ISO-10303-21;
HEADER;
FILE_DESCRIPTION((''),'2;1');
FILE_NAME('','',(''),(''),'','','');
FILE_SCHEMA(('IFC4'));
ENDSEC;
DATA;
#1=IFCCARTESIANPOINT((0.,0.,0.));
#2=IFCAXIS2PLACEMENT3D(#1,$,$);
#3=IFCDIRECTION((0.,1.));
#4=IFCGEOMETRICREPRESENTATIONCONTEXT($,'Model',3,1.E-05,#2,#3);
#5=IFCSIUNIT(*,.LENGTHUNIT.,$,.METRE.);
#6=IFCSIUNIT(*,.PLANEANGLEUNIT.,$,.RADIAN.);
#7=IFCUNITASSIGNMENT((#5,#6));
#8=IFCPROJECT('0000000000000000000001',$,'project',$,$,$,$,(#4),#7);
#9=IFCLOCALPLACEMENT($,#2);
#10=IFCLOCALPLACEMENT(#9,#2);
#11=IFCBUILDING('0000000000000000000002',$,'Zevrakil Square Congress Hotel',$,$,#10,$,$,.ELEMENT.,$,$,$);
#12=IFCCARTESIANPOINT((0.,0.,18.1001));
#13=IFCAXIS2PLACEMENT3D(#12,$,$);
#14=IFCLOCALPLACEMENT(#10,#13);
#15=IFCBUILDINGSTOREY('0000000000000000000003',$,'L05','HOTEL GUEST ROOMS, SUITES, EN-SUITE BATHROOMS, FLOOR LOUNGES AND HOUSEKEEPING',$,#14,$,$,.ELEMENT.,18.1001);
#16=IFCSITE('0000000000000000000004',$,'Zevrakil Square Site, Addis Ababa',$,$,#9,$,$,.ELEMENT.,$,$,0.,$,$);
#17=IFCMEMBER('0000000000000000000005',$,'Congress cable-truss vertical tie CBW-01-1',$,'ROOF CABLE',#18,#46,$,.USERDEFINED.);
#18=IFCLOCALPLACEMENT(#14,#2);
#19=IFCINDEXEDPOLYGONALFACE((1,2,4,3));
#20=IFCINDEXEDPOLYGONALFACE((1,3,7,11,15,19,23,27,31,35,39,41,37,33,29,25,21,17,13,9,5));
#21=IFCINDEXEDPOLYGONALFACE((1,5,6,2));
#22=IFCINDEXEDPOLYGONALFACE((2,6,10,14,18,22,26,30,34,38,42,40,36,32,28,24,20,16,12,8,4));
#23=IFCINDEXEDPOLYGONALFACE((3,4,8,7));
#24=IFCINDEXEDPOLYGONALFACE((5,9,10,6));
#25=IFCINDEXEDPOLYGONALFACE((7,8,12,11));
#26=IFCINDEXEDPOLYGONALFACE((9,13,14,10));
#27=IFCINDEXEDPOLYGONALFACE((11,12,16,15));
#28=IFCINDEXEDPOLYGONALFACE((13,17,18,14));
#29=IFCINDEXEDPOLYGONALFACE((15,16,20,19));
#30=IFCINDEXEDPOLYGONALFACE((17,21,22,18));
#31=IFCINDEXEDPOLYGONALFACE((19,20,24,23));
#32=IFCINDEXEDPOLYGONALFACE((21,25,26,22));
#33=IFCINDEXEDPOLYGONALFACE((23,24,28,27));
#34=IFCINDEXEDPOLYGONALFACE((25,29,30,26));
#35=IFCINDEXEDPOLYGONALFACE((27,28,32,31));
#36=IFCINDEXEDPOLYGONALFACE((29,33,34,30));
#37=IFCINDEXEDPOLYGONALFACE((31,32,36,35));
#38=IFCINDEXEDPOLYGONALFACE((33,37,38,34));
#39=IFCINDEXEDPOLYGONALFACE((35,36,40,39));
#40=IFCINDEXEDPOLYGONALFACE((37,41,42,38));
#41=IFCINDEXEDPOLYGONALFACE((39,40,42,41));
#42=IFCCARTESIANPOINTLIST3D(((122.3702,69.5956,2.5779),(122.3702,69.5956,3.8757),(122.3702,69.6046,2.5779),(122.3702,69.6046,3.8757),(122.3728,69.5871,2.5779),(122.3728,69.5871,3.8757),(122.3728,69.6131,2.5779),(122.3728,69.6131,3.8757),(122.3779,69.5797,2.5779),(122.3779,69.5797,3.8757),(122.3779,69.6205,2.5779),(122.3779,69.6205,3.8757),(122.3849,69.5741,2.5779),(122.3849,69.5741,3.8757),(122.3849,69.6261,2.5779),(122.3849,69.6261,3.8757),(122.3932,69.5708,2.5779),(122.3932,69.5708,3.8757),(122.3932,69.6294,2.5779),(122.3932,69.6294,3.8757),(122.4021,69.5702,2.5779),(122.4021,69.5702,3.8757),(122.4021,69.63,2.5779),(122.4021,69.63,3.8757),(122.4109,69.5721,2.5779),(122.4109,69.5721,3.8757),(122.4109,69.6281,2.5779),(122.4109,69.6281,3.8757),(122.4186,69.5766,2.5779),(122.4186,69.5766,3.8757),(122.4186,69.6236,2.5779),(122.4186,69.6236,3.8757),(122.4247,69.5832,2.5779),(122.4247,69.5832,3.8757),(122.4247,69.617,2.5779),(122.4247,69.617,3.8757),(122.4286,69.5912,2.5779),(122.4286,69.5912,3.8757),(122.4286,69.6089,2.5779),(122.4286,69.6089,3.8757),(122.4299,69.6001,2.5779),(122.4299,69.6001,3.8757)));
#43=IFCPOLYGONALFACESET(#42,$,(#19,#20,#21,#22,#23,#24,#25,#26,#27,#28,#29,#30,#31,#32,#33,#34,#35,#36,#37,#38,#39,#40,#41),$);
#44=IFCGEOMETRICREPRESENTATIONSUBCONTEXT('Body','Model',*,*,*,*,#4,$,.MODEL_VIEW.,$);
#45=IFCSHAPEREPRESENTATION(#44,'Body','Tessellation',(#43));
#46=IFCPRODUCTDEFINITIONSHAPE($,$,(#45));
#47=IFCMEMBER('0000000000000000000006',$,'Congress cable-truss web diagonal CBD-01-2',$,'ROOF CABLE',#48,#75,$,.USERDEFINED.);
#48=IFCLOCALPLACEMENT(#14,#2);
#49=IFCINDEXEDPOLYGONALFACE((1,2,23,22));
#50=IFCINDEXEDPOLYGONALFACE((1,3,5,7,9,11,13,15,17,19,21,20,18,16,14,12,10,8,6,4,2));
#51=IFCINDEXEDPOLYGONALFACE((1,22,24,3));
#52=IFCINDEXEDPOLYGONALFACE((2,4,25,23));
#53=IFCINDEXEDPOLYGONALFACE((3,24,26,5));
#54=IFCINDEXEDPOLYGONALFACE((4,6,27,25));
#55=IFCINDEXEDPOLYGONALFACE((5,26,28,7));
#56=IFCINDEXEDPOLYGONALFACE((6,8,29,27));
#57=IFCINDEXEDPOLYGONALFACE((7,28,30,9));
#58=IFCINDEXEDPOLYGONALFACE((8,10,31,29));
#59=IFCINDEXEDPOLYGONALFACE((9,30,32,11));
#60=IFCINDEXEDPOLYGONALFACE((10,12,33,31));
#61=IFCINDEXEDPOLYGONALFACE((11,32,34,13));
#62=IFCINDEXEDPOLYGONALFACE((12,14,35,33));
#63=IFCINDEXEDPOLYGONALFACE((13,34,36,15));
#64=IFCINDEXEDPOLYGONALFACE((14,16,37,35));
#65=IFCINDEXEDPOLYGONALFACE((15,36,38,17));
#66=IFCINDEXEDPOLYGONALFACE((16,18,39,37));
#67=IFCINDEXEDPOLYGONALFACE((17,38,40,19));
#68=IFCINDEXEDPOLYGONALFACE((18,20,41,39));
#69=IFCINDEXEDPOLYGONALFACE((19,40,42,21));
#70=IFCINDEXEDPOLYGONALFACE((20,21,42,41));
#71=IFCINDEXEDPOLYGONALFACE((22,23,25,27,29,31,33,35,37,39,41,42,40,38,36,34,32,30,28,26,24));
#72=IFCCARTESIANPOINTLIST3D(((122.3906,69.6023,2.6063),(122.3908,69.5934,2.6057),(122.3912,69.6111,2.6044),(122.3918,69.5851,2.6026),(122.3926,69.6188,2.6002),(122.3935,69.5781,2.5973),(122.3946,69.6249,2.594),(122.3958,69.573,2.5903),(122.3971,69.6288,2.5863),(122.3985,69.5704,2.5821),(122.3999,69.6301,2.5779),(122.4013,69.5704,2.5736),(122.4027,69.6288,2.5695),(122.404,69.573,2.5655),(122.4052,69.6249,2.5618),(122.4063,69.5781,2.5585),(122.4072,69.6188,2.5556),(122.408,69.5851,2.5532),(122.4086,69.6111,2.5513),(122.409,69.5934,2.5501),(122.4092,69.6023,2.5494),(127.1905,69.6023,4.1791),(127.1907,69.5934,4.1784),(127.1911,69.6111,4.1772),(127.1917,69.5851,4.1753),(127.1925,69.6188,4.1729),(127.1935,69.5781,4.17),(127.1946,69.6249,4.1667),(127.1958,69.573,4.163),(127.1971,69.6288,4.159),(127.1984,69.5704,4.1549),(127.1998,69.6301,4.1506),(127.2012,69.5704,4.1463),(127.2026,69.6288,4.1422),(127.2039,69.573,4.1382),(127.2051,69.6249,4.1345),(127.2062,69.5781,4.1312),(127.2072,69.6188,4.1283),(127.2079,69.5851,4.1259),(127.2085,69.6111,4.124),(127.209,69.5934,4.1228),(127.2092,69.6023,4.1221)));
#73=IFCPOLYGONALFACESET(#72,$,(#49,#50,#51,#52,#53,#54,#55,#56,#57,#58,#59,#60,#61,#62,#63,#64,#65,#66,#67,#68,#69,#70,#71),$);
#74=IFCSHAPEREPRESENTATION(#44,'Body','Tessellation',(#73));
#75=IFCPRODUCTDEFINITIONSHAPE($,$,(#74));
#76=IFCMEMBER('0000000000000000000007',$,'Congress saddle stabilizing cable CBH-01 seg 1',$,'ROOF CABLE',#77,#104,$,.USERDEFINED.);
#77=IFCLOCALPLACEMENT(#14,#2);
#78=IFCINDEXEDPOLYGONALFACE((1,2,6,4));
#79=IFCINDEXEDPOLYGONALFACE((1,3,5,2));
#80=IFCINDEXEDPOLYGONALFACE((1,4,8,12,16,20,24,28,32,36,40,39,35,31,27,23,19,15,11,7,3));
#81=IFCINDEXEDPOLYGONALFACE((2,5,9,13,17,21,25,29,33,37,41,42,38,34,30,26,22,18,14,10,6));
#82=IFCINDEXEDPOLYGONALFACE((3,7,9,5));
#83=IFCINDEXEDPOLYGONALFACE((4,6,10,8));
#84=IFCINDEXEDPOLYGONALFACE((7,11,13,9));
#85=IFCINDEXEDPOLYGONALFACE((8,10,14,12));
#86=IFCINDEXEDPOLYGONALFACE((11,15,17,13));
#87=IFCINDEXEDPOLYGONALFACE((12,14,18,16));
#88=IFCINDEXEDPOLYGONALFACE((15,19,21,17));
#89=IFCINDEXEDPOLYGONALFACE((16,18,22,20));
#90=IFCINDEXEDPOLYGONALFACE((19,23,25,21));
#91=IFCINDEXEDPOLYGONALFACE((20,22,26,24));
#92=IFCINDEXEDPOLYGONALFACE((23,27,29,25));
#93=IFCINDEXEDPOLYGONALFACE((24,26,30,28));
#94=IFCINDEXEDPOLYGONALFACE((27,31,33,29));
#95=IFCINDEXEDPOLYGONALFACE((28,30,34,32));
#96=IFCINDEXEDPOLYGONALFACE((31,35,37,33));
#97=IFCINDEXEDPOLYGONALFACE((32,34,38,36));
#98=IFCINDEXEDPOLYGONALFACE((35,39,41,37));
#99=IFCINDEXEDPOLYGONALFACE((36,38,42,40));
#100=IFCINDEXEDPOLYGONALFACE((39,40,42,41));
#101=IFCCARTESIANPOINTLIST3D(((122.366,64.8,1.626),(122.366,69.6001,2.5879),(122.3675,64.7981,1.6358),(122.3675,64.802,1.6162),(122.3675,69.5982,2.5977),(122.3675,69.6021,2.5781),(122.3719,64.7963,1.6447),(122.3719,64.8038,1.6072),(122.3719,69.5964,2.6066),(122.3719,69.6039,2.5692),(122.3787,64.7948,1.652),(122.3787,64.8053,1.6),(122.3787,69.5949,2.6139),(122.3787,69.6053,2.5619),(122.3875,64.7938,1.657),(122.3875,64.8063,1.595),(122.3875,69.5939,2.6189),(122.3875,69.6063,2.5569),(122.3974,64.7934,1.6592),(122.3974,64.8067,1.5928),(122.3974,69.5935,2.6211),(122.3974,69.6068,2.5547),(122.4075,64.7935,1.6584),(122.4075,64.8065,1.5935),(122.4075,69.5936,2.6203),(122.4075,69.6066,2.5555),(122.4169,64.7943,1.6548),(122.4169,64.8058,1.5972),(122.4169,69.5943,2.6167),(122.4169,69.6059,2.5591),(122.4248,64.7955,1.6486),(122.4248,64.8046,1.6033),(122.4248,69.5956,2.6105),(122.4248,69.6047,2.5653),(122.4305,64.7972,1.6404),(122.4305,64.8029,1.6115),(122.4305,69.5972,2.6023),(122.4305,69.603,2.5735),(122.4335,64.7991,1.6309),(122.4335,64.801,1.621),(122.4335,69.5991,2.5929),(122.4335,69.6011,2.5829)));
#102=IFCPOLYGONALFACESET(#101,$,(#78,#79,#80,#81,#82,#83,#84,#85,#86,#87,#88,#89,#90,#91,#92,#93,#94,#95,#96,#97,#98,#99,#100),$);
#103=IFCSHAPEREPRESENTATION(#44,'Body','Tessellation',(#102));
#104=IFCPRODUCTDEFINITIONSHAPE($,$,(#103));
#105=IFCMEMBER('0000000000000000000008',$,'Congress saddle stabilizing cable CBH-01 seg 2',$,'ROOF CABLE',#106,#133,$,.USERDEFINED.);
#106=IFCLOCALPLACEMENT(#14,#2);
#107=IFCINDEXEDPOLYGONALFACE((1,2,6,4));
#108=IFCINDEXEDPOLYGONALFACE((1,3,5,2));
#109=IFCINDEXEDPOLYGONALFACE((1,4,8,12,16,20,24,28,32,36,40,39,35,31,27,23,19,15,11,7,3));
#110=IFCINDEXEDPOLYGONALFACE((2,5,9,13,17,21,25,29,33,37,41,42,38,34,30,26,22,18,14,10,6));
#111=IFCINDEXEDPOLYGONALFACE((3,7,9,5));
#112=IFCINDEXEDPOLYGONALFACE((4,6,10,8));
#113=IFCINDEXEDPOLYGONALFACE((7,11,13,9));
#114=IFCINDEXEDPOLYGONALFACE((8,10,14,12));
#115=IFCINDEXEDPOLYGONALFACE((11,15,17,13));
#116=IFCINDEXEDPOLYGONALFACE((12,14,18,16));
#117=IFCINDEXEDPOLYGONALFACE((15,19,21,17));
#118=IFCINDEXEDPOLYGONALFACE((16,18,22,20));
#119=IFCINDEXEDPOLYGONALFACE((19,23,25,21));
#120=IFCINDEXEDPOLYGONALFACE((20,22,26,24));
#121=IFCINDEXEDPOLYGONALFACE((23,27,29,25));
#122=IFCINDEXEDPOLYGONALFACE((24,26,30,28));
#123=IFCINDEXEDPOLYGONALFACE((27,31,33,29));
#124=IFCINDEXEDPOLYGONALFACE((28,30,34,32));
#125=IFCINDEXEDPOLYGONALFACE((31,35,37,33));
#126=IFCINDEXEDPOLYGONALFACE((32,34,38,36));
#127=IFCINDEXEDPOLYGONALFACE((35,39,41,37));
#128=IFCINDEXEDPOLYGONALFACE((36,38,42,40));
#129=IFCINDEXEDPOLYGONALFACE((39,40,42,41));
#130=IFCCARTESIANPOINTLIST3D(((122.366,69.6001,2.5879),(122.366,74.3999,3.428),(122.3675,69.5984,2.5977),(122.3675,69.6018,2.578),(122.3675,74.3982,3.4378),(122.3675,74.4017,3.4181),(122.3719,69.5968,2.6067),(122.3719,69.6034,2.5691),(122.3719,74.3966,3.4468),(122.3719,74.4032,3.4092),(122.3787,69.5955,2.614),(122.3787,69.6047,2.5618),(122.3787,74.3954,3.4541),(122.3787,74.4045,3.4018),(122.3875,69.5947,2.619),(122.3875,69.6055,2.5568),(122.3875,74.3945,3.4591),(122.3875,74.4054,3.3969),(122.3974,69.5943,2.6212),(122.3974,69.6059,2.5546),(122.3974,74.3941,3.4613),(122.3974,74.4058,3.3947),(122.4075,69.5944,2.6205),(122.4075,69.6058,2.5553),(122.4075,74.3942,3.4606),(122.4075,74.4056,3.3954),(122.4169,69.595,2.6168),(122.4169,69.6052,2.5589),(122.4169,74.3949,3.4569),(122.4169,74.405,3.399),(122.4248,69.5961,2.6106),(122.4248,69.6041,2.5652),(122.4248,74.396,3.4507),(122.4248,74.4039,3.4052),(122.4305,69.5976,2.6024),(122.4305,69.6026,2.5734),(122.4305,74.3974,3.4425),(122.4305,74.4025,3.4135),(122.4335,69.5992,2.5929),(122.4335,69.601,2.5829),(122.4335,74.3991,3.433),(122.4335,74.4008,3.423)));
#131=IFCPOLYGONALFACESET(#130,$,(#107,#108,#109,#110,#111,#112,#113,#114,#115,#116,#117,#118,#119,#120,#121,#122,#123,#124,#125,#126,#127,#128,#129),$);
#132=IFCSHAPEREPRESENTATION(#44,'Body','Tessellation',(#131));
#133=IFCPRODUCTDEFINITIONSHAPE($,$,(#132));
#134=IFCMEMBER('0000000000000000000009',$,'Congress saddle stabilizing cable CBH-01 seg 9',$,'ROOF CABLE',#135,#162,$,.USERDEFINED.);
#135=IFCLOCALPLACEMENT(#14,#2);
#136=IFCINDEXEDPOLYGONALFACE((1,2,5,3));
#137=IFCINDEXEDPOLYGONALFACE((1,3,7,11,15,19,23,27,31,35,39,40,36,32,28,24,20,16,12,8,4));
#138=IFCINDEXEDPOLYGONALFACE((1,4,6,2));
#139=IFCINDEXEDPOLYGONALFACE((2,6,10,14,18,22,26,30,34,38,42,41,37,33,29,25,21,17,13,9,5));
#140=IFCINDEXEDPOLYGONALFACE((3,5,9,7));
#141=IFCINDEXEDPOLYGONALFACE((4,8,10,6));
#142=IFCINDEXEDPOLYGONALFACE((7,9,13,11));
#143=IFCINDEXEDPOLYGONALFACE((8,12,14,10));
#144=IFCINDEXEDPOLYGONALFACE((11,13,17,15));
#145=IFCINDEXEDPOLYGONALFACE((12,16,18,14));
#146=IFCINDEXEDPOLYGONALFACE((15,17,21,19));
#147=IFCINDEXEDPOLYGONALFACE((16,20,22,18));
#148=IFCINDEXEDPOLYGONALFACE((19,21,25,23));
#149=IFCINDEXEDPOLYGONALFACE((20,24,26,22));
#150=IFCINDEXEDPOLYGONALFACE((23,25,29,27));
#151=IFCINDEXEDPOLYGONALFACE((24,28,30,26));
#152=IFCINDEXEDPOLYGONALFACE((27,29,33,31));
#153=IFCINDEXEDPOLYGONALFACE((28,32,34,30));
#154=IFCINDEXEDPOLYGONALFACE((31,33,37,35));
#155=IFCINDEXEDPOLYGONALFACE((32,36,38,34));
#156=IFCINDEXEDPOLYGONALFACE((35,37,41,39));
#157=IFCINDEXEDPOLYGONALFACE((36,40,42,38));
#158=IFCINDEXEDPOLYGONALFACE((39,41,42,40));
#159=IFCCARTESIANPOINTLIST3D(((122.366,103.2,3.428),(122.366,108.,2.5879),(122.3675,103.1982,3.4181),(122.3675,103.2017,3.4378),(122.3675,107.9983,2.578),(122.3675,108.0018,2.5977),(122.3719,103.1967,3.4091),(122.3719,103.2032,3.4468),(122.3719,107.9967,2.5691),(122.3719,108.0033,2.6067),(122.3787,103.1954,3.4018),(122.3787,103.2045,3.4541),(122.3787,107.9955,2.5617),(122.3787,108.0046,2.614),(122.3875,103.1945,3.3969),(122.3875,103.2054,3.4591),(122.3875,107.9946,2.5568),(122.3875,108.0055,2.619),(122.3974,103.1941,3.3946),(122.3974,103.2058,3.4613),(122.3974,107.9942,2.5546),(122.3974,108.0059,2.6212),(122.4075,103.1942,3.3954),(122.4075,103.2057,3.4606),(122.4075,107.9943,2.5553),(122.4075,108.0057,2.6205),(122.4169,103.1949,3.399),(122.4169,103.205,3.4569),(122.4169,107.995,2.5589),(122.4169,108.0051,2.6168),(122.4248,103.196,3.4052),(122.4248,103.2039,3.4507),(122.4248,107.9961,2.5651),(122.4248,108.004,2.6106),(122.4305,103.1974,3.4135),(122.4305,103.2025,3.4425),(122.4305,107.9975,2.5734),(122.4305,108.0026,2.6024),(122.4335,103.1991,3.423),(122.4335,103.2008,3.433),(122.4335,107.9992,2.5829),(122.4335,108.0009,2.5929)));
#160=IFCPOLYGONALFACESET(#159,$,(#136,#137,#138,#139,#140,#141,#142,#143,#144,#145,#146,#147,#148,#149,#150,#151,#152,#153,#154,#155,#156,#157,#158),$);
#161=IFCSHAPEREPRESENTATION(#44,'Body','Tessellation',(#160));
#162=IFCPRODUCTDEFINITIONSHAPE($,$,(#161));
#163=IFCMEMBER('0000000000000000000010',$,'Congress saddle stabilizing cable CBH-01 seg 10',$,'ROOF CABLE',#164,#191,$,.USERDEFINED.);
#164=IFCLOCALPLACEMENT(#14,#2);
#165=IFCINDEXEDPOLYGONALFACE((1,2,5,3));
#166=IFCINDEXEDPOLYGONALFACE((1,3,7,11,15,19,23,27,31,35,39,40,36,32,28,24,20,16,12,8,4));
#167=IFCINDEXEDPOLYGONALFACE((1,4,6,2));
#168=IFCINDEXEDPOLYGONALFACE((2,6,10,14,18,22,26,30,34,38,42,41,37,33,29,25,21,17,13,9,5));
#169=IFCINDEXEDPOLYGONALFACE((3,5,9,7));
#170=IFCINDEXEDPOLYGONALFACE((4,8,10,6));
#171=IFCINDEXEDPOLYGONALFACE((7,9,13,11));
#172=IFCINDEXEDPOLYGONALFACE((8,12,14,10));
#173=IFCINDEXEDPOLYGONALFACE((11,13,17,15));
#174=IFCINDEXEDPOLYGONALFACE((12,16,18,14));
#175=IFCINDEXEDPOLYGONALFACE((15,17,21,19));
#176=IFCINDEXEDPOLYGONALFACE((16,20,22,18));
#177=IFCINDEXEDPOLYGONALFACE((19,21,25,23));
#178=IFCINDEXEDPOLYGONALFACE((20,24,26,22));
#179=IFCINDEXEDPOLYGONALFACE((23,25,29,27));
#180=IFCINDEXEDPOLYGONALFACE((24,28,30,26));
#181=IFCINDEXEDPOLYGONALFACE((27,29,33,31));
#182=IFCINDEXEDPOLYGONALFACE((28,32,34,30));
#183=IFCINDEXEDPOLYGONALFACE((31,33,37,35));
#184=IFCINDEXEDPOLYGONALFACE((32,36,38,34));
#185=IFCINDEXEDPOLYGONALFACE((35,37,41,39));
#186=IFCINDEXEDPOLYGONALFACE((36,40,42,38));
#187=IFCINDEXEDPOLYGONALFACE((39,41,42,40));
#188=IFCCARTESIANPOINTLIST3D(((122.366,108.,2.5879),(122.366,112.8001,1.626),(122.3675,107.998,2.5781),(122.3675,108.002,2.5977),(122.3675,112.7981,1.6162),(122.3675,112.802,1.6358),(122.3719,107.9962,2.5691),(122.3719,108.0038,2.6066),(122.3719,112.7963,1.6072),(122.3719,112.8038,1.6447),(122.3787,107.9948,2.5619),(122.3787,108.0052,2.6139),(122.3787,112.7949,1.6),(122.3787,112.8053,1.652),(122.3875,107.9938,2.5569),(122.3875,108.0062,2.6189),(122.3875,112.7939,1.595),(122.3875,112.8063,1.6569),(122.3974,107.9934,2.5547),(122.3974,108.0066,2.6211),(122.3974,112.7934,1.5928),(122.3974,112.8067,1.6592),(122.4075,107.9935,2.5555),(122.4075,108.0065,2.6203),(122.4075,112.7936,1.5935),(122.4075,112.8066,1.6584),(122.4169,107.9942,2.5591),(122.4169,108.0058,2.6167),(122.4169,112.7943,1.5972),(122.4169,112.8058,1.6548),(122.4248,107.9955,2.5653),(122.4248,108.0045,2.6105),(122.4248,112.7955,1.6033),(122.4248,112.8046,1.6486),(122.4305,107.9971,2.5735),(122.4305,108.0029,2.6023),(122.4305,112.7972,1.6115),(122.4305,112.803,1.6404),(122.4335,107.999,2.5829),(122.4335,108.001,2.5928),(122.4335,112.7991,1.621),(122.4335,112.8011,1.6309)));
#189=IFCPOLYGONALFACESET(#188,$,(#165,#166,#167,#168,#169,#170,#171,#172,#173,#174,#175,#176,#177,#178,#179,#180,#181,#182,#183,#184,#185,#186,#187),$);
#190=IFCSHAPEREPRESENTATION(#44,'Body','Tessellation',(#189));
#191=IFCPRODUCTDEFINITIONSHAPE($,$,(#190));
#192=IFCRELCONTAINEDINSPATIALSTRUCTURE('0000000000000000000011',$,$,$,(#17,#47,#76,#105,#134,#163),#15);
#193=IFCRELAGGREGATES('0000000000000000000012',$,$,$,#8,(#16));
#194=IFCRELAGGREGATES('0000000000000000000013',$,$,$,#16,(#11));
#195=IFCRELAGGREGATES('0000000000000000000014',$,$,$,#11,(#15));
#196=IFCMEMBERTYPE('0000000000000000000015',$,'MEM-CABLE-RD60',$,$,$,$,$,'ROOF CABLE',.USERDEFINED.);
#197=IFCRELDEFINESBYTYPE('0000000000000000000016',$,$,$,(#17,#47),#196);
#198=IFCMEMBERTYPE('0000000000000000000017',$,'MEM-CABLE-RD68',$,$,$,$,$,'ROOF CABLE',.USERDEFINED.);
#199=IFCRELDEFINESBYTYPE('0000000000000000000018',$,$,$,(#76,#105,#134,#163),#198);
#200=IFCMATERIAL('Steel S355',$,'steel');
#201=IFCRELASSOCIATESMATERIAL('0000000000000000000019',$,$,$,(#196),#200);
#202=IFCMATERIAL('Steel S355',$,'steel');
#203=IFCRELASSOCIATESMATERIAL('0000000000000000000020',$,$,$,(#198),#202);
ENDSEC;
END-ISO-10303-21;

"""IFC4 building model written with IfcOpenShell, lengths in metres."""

from ifc_helpers import new_model, si_unit, direction, frame, origin, origin_2d, place, context, subcontext, project, spatial, circle, extrude, material, material_profile, profile_set, type_object, element, save


model = new_model("IFC4")

# Units and contexts
model_context = context("Model", 3, precision=1e-05, world=origin(), true_north=direction((0.0, 1.0)))
body_context = subcontext(model_context, "Body", "Model", "MODEL_VIEW")
ifc_project = project(units=[si_unit("LENGTHUNIT", "METRE"), si_unit("PLANEANGLEUNIT", "RADIAN")], contexts=[model_context])

# Site, building, storey
site_placement = place(None, origin())
site = spatial("IfcSite", under=ifc_project, at=site_placement, Name="Zevrakil Square Site, Addis Ababa", CompositionType="ELEMENT", RefElevation=0.0)
building_placement = place(site_placement, origin())
building = spatial("IfcBuilding", under=site, at=building_placement, Name="Zevrakil Square Congress Hotel", CompositionType="ELEMENT")
storey_placement = place(building_placement, frame((0.0, 0.0, 18.1001)))
storey = spatial("IfcBuildingStorey", under=building, at=storey_placement, Name="L05", Description="HOTEL GUEST ROOMS, SUITES, EN-SUITE BATHROOMS, FLOOR LOUNGES AND HOUSEKEEPING", CompositionType="ELEMENT", Elevation=18.1001)

# Members
ifc_material_1 = material(Name="Steel S355", Category="steel")
ifc_material_profile_1 = material_profile(ifc_material_1, circle(Radius=0.03, at=origin_2d()), Name="CABLE RD60")
ifc_profile_set_1 = profile_set([ifc_material_profile_1], Name="Steel S355")
member_type_1 = type_object("IfcMemberType", Name="MEM-CABLE-RD60", ElementType="ROOF CABLE", PredefinedType="USERDEFINED", material=ifc_profile_set_1)
member_1_placement = place(storey_placement, frame((122.3999, 69.6001, 2.5779), z_axis=(0.0, 0.0, 1.0), x_axis=(1.0, 0.0, 0.0)))
element("IfcMember", 1, at=member_1_placement, inside=storey, type_object=member_type_1, Name="Congress cable-truss vertical tie CBW-01-1", ObjectType="ROOF CABLE", PredefinedType="USERDEFINED", context=body_context, shape_type="SweptSolid", body=[
    extrude(circle(Radius=0.03, at=origin_2d()), origin(), (0.0, 0.0, 1.0), 1.2979),
])
member_2_placement = place(storey_placement, frame((122.3999, 69.6001, 2.5779), z_axis=(0.95029, 0.0, 0.311366), x_axis=(0.0, 1.0, 0.0)))
element("IfcMember", 2, at=member_2_placement, inside=storey, type_object=member_type_1, Name="Congress cable-truss web diagonal CBD-01-2", ObjectType="ROOF CABLE", PredefinedType="USERDEFINED", context=body_context, shape_type="SweptSolid", body=[
    extrude(circle(Radius=0.03, at=origin_2d()), origin(), (0.0, 0.0, 1.0), 5.051),
])
ifc_material_2 = material(Name="Steel S355", Category="steel")
ifc_material_profile_2 = material_profile(ifc_material_2, circle(Radius=0.0339, at=origin_2d()), Name="CABLE RD68")
ifc_profile_set_2 = profile_set([ifc_material_profile_2], Name="Steel S355")
member_type_2 = type_object("IfcMemberType", Name="MEM-CABLE-RD68", ElementType="ROOF CABLE", PredefinedType="USERDEFINED", material=ifc_profile_set_2)
member_3_placement = place(storey_placement, frame((122.3999, 64.8, 1.626), z_axis=(0.0, 0.980506, 0.19649), x_axis=(-1.0, 0.0, 0.0)))
element("IfcMember", 3, at=member_3_placement, inside=storey, type_object=member_type_2, Name="Congress saddle stabilizing cable CBH-01 seg 1", ObjectType="ROOF CABLE", PredefinedType="USERDEFINED", context=body_context, shape_type="SweptSolid", body=[
    extrude(circle(Radius=0.0339, at=origin_2d()), origin(), (0.0, 0.0, 1.0), 4.8955),
])
member_4_placement = place(storey_placement, frame((122.3999, 69.6001, 2.5879), z_axis=(0.0, 0.985026, 0.172405), x_axis=(-1.0, 0.0, 0.0)))
element("IfcMember", 4, at=member_4_placement, inside=storey, type_object=member_type_2, Name="Congress saddle stabilizing cable CBH-01 seg 2", ObjectType="ROOF CABLE", PredefinedType="USERDEFINED", context=body_context, shape_type="SweptSolid", body=[
    extrude(circle(Radius=0.0339, at=origin_2d()), origin(), (0.0, 0.0, 1.0), 4.8728),
])
member_5_placement = place(storey_placement, frame((122.3999, 103.2, 3.428), z_axis=(0.0, 0.985028, -0.172396), x_axis=(-1.0, 0.0, 0.0)))
element("IfcMember", 5, at=member_5_placement, inside=storey, type_object=member_type_2, Name="Congress saddle stabilizing cable CBH-01 seg 9", ObjectType="ROOF CABLE", PredefinedType="USERDEFINED", context=body_context, shape_type="SweptSolid", body=[
    extrude(circle(Radius=0.0339, at=origin_2d()), origin(), (0.0, 0.0, 1.0), 4.873),
])
member_6_placement = place(storey_placement, frame((122.3999, 108.0, 2.5879), z_axis=(0.0, 0.980506, -0.19649), x_axis=(-1.0, 0.0, 0.0)))
element("IfcMember", 6, at=member_6_placement, inside=storey, type_object=member_type_2, Name="Congress saddle stabilizing cable CBH-01 seg 10", ObjectType="ROOF CABLE", PredefinedType="USERDEFINED", context=body_context, shape_type="SweptSolid", body=[
    extrude(circle(Radius=0.0339, at=origin_2d()), origin(), (0.0, 0.0, 1.0), 4.8955),
])

save(model, "model.ifc")
